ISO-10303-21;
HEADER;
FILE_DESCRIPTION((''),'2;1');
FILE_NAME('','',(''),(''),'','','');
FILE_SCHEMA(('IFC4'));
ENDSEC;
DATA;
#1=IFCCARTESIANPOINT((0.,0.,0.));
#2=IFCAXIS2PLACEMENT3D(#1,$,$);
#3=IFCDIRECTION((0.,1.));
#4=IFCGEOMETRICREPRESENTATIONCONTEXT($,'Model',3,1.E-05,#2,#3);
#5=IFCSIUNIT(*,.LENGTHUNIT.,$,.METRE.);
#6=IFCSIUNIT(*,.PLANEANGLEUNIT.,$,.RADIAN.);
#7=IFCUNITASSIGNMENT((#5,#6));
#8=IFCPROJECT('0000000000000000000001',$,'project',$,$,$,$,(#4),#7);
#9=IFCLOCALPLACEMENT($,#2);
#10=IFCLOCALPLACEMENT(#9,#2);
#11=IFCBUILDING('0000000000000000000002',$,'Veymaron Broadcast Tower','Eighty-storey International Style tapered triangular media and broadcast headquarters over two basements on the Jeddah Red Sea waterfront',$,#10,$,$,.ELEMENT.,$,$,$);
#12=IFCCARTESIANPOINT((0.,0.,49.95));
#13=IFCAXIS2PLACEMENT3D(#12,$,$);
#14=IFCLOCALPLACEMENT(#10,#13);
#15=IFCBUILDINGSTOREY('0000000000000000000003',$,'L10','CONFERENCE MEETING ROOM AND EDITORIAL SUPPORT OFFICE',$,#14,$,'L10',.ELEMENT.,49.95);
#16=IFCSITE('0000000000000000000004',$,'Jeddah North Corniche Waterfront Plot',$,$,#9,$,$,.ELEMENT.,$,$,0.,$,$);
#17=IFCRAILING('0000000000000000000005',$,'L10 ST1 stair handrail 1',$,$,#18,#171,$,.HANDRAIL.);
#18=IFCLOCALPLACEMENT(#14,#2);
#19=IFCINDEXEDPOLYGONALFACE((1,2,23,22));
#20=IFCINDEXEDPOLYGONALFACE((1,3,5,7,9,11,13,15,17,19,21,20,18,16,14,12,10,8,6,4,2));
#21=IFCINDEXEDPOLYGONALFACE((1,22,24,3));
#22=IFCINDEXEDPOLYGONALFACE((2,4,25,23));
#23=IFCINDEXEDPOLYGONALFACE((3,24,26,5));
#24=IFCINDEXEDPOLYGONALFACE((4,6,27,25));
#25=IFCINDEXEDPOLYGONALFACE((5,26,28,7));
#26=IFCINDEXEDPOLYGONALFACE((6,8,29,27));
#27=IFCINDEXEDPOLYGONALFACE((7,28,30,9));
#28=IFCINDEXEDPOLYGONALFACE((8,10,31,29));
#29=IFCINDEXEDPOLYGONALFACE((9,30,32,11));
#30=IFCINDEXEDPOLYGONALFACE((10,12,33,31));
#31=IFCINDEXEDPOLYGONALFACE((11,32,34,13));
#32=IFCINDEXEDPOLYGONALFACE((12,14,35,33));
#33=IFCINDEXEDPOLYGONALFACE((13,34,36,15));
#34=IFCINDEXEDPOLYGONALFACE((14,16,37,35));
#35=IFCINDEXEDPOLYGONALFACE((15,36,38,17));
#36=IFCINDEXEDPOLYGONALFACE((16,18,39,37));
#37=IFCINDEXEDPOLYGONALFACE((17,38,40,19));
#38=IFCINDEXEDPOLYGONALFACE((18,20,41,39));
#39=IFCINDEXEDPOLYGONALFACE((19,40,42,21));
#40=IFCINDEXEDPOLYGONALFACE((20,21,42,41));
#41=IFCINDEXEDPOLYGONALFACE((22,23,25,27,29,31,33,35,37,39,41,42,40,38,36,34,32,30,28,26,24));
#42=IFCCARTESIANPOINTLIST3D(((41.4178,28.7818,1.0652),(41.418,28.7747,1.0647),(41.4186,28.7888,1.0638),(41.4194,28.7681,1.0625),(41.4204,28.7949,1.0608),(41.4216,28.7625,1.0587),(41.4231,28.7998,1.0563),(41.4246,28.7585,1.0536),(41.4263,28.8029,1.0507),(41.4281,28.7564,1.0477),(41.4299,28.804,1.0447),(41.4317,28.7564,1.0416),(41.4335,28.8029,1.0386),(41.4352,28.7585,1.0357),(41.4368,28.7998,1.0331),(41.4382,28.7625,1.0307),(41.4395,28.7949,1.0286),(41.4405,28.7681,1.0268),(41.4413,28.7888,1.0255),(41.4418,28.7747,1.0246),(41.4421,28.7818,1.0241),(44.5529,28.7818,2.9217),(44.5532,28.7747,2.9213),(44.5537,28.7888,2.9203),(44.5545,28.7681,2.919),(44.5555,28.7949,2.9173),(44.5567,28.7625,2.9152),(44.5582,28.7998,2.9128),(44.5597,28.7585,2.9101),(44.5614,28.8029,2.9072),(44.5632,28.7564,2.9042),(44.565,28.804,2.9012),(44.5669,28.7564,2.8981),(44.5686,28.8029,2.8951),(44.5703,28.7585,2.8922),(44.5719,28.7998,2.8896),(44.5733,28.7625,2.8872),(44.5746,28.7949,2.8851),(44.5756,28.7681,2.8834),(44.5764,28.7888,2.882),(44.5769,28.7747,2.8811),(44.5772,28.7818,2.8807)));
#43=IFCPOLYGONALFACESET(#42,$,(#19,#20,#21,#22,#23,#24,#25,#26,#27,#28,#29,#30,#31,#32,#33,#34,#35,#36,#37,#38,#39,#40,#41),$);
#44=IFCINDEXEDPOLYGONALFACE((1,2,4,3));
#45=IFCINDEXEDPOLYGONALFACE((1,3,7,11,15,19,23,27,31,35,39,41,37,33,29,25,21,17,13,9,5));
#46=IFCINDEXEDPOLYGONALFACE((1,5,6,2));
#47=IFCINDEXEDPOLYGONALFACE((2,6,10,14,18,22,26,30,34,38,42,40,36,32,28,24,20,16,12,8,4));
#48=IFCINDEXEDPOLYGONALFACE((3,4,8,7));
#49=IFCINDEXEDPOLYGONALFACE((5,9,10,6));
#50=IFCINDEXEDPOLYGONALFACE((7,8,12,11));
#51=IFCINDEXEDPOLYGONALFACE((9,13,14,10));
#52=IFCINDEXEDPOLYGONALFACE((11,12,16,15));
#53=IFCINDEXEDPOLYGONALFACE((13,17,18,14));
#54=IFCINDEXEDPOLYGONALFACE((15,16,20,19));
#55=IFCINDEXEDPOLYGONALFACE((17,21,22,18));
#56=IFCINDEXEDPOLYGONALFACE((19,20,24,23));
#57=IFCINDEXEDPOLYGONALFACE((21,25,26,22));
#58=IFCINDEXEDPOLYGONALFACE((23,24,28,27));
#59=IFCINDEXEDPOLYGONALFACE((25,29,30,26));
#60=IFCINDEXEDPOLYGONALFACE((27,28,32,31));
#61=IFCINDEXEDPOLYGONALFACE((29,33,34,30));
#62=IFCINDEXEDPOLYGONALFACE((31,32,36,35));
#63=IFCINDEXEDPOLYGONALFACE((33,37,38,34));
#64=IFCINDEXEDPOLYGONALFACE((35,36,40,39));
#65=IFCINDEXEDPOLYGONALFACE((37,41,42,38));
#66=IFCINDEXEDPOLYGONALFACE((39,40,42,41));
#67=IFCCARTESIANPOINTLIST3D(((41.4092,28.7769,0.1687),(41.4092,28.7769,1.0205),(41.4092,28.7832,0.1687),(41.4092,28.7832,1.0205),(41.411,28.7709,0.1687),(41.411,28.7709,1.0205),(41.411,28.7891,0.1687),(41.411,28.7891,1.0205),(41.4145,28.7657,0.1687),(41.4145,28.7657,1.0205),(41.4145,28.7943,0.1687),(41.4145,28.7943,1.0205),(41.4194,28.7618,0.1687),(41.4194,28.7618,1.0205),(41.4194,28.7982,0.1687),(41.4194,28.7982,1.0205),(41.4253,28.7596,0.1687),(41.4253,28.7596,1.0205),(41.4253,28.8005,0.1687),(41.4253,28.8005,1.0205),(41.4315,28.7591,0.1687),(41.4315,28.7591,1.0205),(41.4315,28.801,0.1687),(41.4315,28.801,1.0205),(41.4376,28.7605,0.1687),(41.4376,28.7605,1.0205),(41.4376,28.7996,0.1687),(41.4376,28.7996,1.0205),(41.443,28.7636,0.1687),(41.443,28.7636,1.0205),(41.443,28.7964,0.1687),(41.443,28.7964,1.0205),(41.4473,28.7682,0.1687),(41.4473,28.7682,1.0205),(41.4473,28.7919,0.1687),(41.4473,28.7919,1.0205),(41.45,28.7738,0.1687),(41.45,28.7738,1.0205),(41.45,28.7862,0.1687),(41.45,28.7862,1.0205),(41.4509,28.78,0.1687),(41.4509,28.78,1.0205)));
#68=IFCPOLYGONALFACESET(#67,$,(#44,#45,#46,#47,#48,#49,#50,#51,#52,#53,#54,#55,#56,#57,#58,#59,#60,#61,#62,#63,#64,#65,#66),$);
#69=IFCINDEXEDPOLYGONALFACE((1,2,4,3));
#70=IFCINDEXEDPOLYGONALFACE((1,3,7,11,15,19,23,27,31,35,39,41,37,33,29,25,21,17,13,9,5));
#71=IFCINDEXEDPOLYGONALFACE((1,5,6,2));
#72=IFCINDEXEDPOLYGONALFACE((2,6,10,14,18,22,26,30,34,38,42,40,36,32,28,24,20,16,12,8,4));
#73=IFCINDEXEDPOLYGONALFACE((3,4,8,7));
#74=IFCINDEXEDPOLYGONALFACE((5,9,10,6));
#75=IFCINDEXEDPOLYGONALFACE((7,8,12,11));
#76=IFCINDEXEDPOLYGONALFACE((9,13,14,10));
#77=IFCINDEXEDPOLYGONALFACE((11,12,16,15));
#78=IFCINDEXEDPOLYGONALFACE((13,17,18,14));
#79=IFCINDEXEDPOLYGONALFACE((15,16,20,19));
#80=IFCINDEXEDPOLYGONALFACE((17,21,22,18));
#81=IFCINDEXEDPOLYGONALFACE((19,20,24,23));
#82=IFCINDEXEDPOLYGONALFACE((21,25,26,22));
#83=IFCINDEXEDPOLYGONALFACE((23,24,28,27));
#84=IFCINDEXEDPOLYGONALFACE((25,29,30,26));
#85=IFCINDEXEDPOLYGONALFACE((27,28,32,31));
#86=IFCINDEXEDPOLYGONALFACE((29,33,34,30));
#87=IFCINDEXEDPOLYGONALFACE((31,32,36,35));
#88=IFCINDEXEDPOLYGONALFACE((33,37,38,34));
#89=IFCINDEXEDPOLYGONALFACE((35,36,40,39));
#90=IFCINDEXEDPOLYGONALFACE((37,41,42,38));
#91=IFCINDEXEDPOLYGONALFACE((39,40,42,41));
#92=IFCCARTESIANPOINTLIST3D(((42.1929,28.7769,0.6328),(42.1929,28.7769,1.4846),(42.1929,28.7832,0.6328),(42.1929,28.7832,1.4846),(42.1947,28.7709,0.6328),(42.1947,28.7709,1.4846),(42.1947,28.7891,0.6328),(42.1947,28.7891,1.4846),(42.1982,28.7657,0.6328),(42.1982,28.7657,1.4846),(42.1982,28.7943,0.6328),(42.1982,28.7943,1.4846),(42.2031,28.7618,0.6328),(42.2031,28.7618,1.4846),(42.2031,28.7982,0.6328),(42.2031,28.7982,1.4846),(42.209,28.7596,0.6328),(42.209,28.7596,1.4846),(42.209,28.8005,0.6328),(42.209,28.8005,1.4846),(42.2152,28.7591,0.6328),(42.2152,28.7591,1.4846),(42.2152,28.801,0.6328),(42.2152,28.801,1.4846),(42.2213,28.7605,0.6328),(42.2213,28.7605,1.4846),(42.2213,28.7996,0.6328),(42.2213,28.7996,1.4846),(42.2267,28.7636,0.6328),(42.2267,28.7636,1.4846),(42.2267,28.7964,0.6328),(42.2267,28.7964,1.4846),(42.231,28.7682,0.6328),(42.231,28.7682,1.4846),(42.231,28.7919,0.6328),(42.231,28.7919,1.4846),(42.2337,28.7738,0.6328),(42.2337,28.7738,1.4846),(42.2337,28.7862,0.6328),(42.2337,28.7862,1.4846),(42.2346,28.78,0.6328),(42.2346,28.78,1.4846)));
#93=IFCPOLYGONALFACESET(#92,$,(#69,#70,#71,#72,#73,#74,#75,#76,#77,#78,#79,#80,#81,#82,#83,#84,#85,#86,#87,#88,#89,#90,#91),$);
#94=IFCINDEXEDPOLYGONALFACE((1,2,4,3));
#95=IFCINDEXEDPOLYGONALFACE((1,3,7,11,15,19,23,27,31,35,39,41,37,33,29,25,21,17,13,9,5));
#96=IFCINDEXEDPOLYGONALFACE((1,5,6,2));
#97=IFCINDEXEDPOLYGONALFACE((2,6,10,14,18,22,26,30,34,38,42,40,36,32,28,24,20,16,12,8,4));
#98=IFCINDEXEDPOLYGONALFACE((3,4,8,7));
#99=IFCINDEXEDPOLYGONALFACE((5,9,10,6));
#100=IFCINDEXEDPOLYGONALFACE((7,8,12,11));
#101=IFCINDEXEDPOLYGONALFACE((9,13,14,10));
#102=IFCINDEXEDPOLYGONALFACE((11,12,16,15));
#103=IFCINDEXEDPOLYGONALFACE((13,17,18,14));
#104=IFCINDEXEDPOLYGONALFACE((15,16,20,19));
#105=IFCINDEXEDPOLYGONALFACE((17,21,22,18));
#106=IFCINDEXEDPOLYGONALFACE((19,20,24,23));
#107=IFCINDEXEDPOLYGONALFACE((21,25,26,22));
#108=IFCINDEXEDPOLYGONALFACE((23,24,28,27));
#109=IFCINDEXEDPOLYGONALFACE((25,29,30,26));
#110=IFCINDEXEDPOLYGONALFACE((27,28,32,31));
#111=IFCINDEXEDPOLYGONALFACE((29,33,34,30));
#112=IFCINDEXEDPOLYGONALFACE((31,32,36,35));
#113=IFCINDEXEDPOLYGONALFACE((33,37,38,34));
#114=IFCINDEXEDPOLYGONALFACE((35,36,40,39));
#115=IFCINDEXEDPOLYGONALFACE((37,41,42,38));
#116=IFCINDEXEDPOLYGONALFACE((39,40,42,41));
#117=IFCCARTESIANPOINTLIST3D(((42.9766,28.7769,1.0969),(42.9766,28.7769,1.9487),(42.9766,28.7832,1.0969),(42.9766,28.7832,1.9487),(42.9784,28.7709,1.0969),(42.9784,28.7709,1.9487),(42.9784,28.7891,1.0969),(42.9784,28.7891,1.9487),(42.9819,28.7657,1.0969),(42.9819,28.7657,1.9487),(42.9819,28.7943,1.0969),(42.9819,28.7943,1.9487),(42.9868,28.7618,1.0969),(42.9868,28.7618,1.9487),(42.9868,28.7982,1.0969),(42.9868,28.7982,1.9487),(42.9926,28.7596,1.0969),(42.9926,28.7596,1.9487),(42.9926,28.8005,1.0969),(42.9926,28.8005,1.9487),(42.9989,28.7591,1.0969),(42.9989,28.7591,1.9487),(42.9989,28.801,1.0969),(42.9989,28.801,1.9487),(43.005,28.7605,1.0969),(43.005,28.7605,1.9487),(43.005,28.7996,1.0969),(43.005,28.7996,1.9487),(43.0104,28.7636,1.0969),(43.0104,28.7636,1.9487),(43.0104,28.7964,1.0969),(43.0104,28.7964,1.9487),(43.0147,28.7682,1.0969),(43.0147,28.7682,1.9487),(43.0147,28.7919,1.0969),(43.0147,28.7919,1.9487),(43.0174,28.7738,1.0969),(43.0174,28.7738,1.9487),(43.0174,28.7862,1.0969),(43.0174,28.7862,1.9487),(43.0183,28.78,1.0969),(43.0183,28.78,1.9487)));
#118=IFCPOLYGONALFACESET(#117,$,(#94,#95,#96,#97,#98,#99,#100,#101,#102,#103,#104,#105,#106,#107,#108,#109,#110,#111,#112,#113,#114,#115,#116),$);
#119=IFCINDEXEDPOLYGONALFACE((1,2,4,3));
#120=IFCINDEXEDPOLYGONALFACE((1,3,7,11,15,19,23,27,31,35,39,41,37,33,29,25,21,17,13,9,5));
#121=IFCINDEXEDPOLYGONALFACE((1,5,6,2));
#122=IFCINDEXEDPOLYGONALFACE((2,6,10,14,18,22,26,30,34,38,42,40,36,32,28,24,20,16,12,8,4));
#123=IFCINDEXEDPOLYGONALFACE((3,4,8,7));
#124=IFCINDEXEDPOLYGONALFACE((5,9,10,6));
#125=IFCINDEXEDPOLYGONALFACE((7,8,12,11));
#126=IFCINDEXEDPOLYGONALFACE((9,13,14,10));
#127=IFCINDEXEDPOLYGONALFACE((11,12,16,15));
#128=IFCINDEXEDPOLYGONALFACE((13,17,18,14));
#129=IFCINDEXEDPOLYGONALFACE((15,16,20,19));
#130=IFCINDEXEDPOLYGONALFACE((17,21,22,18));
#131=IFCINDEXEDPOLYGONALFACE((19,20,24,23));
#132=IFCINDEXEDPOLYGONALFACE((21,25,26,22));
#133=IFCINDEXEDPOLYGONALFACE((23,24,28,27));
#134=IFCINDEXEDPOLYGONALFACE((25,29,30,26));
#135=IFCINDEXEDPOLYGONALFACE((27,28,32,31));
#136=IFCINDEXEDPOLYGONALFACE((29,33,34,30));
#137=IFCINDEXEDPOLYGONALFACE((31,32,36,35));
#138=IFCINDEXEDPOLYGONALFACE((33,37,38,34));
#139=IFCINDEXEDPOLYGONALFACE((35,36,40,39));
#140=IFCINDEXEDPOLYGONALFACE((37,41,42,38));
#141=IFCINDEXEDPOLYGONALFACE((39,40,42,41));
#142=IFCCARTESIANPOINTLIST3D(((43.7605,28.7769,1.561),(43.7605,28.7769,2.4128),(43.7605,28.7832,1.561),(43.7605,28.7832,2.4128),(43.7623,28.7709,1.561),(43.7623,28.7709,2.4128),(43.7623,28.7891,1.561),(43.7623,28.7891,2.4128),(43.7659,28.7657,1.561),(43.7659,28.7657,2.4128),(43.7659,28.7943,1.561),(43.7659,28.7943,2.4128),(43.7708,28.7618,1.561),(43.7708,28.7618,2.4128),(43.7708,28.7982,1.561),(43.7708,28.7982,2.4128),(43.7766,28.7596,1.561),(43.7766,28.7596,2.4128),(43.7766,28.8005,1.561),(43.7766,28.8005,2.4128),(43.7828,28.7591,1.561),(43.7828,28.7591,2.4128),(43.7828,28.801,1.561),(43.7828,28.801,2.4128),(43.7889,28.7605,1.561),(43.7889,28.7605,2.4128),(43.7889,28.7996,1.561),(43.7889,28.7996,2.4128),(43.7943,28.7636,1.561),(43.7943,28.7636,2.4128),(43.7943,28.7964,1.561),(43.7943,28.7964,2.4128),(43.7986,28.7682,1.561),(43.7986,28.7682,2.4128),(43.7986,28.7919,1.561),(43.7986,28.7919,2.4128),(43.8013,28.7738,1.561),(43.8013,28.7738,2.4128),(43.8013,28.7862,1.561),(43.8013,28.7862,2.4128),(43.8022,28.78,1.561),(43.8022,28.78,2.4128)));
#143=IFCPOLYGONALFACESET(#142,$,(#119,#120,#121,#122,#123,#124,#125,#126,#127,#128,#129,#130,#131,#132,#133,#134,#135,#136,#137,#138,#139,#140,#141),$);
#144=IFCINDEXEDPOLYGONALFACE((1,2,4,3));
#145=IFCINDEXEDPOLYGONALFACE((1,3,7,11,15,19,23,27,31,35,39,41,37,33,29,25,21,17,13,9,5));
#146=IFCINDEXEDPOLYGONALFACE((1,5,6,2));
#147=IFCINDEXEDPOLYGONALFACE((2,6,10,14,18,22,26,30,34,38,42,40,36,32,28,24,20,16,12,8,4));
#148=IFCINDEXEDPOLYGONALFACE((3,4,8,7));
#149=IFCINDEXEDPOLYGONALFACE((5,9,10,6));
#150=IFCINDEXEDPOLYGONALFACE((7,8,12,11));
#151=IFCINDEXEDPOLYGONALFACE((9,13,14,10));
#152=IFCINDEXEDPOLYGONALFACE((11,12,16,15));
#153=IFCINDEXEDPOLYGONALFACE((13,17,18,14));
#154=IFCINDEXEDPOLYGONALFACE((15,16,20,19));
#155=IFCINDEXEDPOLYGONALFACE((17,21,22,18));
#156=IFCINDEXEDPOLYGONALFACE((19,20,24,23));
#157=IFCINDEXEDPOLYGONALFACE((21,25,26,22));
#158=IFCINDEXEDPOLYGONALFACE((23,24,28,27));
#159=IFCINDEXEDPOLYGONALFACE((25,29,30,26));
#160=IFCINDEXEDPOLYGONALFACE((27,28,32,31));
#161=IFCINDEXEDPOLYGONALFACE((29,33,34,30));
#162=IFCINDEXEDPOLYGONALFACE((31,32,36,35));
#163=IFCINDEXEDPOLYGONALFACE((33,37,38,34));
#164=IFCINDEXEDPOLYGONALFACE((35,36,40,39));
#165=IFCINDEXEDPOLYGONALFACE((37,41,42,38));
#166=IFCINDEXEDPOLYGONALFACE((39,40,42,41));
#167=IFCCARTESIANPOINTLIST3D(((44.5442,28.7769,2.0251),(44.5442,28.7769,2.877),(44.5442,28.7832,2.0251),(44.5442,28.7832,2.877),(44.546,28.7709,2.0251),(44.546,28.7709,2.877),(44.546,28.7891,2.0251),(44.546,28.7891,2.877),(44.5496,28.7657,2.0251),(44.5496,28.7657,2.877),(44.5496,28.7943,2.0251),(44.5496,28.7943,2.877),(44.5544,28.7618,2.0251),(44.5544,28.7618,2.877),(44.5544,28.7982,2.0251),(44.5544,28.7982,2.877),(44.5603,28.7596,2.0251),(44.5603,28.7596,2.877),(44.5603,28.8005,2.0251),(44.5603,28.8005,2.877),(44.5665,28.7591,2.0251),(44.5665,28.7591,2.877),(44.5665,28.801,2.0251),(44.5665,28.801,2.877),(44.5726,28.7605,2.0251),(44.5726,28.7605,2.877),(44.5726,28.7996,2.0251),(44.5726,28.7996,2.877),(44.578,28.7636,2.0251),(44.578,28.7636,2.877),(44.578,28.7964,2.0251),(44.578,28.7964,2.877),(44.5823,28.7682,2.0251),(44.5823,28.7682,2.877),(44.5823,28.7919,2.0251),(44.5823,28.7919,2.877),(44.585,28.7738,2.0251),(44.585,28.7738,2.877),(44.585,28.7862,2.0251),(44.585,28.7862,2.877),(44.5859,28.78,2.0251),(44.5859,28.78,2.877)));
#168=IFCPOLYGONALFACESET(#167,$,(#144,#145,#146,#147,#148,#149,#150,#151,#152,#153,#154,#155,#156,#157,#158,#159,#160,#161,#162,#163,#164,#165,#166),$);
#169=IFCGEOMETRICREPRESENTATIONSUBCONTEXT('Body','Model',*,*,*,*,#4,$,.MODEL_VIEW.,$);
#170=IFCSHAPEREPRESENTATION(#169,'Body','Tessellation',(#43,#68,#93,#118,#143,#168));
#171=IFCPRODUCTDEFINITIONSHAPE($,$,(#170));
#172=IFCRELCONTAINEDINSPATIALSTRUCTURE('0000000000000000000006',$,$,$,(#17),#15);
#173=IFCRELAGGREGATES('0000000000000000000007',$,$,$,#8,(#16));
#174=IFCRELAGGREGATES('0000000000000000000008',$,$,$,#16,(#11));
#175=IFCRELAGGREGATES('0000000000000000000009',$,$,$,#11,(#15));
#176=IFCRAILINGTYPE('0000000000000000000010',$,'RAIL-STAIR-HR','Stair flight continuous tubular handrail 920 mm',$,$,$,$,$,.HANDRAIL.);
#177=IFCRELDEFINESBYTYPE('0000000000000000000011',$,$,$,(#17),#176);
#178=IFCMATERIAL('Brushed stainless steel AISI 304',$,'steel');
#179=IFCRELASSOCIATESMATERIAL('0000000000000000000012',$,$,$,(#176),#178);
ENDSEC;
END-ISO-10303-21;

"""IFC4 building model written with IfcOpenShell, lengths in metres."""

from ifc_helpers import new_model, si_unit, direction, frame, origin, origin_2d, place, context, subcontext, project, spatial, circle, extrude, material, type_object, element, save


model = new_model("IFC4")

# Units and contexts
model_context = context("Model", 3, precision=1e-05, world=origin(), true_north=direction((0.0, 1.0)))
body_context = subcontext(model_context, "Body", "Model", "MODEL_VIEW")
ifc_project = project(units=[si_unit("LENGTHUNIT", "METRE"), si_unit("PLANEANGLEUNIT", "RADIAN")], contexts=[model_context])

# Site, building, storey
site_placement = place(None, origin())
site = spatial("IfcSite", under=ifc_project, at=site_placement, Name="Jeddah North Corniche Waterfront Plot", CompositionType="ELEMENT", RefElevation=0.0)
building_placement = place(site_placement, origin())
building = spatial("IfcBuilding", under=site, at=building_placement, Name="Veymaron Broadcast Tower", Description="Eighty-storey International Style tapered triangular media and broadcast headquarters over two basements on the Jeddah Red Sea waterfront", CompositionType="ELEMENT")
storey_placement = place(building_placement, frame((0.0, 0.0, 49.95)))
storey = spatial("IfcBuildingStorey", under=building, at=storey_placement, Name="L10", Description="CONFERENCE MEETING ROOM AND EDITORIAL SUPPORT OFFICE", LongName="L10", CompositionType="ELEMENT", Elevation=49.95)

# Railing
ifc_material_1 = material(Name="Brushed stainless steel AISI 304", Category="steel")
railing_type_1 = type_object("IfcRailingType", Name="RAIL-STAIR-HR", Description="Stair flight continuous tubular handrail 920 mm", PredefinedType="HANDRAIL", material=ifc_material_1)
railing_1_placement = place(storey_placement, frame((41.4299, 28.78, 0.1687)))
element("IfcRailing", 1, at=railing_1_placement, inside=storey, type_object=railing_type_1, Name="L10 ST1 stair handrail 1", PredefinedType="HANDRAIL", context=body_context, shape_type="SweptSolid", body=[
    extrude(circle(Radius=0.0239, at=origin_2d()), frame((0.0, 0.0, 0.876), z_axis=(0.860453, 0.0, 0.509531), x_axis=(0.0, 1.0, 0.0)), (0.0, 0.0, 1.0), 3.6436),
    extrude(circle(Radius=0.021, at=origin_2d()), origin(), (0.0, 0.0, 1.0), 0.8518),
    extrude(circle(Radius=0.021, at=origin_2d()), frame((0.7837, 0.0, 0.4641)), (0.0, 0.0, 1.0), 0.8518),
    extrude(circle(Radius=0.021, at=origin_2d()), frame((1.5674, 0.0, 0.9282)), (0.0, 0.0, 1.0), 0.8518),
    extrude(circle(Radius=0.021, at=origin_2d()), frame((2.3513, 0.0, 1.3923)), (0.0, 0.0, 1.0), 0.8518),
    extrude(circle(Radius=0.021, at=origin_2d()), frame((3.135, 0.0, 1.8564)), (0.0, 0.0, 1.0), 0.8518),
])

save(model, "model.ifc")
